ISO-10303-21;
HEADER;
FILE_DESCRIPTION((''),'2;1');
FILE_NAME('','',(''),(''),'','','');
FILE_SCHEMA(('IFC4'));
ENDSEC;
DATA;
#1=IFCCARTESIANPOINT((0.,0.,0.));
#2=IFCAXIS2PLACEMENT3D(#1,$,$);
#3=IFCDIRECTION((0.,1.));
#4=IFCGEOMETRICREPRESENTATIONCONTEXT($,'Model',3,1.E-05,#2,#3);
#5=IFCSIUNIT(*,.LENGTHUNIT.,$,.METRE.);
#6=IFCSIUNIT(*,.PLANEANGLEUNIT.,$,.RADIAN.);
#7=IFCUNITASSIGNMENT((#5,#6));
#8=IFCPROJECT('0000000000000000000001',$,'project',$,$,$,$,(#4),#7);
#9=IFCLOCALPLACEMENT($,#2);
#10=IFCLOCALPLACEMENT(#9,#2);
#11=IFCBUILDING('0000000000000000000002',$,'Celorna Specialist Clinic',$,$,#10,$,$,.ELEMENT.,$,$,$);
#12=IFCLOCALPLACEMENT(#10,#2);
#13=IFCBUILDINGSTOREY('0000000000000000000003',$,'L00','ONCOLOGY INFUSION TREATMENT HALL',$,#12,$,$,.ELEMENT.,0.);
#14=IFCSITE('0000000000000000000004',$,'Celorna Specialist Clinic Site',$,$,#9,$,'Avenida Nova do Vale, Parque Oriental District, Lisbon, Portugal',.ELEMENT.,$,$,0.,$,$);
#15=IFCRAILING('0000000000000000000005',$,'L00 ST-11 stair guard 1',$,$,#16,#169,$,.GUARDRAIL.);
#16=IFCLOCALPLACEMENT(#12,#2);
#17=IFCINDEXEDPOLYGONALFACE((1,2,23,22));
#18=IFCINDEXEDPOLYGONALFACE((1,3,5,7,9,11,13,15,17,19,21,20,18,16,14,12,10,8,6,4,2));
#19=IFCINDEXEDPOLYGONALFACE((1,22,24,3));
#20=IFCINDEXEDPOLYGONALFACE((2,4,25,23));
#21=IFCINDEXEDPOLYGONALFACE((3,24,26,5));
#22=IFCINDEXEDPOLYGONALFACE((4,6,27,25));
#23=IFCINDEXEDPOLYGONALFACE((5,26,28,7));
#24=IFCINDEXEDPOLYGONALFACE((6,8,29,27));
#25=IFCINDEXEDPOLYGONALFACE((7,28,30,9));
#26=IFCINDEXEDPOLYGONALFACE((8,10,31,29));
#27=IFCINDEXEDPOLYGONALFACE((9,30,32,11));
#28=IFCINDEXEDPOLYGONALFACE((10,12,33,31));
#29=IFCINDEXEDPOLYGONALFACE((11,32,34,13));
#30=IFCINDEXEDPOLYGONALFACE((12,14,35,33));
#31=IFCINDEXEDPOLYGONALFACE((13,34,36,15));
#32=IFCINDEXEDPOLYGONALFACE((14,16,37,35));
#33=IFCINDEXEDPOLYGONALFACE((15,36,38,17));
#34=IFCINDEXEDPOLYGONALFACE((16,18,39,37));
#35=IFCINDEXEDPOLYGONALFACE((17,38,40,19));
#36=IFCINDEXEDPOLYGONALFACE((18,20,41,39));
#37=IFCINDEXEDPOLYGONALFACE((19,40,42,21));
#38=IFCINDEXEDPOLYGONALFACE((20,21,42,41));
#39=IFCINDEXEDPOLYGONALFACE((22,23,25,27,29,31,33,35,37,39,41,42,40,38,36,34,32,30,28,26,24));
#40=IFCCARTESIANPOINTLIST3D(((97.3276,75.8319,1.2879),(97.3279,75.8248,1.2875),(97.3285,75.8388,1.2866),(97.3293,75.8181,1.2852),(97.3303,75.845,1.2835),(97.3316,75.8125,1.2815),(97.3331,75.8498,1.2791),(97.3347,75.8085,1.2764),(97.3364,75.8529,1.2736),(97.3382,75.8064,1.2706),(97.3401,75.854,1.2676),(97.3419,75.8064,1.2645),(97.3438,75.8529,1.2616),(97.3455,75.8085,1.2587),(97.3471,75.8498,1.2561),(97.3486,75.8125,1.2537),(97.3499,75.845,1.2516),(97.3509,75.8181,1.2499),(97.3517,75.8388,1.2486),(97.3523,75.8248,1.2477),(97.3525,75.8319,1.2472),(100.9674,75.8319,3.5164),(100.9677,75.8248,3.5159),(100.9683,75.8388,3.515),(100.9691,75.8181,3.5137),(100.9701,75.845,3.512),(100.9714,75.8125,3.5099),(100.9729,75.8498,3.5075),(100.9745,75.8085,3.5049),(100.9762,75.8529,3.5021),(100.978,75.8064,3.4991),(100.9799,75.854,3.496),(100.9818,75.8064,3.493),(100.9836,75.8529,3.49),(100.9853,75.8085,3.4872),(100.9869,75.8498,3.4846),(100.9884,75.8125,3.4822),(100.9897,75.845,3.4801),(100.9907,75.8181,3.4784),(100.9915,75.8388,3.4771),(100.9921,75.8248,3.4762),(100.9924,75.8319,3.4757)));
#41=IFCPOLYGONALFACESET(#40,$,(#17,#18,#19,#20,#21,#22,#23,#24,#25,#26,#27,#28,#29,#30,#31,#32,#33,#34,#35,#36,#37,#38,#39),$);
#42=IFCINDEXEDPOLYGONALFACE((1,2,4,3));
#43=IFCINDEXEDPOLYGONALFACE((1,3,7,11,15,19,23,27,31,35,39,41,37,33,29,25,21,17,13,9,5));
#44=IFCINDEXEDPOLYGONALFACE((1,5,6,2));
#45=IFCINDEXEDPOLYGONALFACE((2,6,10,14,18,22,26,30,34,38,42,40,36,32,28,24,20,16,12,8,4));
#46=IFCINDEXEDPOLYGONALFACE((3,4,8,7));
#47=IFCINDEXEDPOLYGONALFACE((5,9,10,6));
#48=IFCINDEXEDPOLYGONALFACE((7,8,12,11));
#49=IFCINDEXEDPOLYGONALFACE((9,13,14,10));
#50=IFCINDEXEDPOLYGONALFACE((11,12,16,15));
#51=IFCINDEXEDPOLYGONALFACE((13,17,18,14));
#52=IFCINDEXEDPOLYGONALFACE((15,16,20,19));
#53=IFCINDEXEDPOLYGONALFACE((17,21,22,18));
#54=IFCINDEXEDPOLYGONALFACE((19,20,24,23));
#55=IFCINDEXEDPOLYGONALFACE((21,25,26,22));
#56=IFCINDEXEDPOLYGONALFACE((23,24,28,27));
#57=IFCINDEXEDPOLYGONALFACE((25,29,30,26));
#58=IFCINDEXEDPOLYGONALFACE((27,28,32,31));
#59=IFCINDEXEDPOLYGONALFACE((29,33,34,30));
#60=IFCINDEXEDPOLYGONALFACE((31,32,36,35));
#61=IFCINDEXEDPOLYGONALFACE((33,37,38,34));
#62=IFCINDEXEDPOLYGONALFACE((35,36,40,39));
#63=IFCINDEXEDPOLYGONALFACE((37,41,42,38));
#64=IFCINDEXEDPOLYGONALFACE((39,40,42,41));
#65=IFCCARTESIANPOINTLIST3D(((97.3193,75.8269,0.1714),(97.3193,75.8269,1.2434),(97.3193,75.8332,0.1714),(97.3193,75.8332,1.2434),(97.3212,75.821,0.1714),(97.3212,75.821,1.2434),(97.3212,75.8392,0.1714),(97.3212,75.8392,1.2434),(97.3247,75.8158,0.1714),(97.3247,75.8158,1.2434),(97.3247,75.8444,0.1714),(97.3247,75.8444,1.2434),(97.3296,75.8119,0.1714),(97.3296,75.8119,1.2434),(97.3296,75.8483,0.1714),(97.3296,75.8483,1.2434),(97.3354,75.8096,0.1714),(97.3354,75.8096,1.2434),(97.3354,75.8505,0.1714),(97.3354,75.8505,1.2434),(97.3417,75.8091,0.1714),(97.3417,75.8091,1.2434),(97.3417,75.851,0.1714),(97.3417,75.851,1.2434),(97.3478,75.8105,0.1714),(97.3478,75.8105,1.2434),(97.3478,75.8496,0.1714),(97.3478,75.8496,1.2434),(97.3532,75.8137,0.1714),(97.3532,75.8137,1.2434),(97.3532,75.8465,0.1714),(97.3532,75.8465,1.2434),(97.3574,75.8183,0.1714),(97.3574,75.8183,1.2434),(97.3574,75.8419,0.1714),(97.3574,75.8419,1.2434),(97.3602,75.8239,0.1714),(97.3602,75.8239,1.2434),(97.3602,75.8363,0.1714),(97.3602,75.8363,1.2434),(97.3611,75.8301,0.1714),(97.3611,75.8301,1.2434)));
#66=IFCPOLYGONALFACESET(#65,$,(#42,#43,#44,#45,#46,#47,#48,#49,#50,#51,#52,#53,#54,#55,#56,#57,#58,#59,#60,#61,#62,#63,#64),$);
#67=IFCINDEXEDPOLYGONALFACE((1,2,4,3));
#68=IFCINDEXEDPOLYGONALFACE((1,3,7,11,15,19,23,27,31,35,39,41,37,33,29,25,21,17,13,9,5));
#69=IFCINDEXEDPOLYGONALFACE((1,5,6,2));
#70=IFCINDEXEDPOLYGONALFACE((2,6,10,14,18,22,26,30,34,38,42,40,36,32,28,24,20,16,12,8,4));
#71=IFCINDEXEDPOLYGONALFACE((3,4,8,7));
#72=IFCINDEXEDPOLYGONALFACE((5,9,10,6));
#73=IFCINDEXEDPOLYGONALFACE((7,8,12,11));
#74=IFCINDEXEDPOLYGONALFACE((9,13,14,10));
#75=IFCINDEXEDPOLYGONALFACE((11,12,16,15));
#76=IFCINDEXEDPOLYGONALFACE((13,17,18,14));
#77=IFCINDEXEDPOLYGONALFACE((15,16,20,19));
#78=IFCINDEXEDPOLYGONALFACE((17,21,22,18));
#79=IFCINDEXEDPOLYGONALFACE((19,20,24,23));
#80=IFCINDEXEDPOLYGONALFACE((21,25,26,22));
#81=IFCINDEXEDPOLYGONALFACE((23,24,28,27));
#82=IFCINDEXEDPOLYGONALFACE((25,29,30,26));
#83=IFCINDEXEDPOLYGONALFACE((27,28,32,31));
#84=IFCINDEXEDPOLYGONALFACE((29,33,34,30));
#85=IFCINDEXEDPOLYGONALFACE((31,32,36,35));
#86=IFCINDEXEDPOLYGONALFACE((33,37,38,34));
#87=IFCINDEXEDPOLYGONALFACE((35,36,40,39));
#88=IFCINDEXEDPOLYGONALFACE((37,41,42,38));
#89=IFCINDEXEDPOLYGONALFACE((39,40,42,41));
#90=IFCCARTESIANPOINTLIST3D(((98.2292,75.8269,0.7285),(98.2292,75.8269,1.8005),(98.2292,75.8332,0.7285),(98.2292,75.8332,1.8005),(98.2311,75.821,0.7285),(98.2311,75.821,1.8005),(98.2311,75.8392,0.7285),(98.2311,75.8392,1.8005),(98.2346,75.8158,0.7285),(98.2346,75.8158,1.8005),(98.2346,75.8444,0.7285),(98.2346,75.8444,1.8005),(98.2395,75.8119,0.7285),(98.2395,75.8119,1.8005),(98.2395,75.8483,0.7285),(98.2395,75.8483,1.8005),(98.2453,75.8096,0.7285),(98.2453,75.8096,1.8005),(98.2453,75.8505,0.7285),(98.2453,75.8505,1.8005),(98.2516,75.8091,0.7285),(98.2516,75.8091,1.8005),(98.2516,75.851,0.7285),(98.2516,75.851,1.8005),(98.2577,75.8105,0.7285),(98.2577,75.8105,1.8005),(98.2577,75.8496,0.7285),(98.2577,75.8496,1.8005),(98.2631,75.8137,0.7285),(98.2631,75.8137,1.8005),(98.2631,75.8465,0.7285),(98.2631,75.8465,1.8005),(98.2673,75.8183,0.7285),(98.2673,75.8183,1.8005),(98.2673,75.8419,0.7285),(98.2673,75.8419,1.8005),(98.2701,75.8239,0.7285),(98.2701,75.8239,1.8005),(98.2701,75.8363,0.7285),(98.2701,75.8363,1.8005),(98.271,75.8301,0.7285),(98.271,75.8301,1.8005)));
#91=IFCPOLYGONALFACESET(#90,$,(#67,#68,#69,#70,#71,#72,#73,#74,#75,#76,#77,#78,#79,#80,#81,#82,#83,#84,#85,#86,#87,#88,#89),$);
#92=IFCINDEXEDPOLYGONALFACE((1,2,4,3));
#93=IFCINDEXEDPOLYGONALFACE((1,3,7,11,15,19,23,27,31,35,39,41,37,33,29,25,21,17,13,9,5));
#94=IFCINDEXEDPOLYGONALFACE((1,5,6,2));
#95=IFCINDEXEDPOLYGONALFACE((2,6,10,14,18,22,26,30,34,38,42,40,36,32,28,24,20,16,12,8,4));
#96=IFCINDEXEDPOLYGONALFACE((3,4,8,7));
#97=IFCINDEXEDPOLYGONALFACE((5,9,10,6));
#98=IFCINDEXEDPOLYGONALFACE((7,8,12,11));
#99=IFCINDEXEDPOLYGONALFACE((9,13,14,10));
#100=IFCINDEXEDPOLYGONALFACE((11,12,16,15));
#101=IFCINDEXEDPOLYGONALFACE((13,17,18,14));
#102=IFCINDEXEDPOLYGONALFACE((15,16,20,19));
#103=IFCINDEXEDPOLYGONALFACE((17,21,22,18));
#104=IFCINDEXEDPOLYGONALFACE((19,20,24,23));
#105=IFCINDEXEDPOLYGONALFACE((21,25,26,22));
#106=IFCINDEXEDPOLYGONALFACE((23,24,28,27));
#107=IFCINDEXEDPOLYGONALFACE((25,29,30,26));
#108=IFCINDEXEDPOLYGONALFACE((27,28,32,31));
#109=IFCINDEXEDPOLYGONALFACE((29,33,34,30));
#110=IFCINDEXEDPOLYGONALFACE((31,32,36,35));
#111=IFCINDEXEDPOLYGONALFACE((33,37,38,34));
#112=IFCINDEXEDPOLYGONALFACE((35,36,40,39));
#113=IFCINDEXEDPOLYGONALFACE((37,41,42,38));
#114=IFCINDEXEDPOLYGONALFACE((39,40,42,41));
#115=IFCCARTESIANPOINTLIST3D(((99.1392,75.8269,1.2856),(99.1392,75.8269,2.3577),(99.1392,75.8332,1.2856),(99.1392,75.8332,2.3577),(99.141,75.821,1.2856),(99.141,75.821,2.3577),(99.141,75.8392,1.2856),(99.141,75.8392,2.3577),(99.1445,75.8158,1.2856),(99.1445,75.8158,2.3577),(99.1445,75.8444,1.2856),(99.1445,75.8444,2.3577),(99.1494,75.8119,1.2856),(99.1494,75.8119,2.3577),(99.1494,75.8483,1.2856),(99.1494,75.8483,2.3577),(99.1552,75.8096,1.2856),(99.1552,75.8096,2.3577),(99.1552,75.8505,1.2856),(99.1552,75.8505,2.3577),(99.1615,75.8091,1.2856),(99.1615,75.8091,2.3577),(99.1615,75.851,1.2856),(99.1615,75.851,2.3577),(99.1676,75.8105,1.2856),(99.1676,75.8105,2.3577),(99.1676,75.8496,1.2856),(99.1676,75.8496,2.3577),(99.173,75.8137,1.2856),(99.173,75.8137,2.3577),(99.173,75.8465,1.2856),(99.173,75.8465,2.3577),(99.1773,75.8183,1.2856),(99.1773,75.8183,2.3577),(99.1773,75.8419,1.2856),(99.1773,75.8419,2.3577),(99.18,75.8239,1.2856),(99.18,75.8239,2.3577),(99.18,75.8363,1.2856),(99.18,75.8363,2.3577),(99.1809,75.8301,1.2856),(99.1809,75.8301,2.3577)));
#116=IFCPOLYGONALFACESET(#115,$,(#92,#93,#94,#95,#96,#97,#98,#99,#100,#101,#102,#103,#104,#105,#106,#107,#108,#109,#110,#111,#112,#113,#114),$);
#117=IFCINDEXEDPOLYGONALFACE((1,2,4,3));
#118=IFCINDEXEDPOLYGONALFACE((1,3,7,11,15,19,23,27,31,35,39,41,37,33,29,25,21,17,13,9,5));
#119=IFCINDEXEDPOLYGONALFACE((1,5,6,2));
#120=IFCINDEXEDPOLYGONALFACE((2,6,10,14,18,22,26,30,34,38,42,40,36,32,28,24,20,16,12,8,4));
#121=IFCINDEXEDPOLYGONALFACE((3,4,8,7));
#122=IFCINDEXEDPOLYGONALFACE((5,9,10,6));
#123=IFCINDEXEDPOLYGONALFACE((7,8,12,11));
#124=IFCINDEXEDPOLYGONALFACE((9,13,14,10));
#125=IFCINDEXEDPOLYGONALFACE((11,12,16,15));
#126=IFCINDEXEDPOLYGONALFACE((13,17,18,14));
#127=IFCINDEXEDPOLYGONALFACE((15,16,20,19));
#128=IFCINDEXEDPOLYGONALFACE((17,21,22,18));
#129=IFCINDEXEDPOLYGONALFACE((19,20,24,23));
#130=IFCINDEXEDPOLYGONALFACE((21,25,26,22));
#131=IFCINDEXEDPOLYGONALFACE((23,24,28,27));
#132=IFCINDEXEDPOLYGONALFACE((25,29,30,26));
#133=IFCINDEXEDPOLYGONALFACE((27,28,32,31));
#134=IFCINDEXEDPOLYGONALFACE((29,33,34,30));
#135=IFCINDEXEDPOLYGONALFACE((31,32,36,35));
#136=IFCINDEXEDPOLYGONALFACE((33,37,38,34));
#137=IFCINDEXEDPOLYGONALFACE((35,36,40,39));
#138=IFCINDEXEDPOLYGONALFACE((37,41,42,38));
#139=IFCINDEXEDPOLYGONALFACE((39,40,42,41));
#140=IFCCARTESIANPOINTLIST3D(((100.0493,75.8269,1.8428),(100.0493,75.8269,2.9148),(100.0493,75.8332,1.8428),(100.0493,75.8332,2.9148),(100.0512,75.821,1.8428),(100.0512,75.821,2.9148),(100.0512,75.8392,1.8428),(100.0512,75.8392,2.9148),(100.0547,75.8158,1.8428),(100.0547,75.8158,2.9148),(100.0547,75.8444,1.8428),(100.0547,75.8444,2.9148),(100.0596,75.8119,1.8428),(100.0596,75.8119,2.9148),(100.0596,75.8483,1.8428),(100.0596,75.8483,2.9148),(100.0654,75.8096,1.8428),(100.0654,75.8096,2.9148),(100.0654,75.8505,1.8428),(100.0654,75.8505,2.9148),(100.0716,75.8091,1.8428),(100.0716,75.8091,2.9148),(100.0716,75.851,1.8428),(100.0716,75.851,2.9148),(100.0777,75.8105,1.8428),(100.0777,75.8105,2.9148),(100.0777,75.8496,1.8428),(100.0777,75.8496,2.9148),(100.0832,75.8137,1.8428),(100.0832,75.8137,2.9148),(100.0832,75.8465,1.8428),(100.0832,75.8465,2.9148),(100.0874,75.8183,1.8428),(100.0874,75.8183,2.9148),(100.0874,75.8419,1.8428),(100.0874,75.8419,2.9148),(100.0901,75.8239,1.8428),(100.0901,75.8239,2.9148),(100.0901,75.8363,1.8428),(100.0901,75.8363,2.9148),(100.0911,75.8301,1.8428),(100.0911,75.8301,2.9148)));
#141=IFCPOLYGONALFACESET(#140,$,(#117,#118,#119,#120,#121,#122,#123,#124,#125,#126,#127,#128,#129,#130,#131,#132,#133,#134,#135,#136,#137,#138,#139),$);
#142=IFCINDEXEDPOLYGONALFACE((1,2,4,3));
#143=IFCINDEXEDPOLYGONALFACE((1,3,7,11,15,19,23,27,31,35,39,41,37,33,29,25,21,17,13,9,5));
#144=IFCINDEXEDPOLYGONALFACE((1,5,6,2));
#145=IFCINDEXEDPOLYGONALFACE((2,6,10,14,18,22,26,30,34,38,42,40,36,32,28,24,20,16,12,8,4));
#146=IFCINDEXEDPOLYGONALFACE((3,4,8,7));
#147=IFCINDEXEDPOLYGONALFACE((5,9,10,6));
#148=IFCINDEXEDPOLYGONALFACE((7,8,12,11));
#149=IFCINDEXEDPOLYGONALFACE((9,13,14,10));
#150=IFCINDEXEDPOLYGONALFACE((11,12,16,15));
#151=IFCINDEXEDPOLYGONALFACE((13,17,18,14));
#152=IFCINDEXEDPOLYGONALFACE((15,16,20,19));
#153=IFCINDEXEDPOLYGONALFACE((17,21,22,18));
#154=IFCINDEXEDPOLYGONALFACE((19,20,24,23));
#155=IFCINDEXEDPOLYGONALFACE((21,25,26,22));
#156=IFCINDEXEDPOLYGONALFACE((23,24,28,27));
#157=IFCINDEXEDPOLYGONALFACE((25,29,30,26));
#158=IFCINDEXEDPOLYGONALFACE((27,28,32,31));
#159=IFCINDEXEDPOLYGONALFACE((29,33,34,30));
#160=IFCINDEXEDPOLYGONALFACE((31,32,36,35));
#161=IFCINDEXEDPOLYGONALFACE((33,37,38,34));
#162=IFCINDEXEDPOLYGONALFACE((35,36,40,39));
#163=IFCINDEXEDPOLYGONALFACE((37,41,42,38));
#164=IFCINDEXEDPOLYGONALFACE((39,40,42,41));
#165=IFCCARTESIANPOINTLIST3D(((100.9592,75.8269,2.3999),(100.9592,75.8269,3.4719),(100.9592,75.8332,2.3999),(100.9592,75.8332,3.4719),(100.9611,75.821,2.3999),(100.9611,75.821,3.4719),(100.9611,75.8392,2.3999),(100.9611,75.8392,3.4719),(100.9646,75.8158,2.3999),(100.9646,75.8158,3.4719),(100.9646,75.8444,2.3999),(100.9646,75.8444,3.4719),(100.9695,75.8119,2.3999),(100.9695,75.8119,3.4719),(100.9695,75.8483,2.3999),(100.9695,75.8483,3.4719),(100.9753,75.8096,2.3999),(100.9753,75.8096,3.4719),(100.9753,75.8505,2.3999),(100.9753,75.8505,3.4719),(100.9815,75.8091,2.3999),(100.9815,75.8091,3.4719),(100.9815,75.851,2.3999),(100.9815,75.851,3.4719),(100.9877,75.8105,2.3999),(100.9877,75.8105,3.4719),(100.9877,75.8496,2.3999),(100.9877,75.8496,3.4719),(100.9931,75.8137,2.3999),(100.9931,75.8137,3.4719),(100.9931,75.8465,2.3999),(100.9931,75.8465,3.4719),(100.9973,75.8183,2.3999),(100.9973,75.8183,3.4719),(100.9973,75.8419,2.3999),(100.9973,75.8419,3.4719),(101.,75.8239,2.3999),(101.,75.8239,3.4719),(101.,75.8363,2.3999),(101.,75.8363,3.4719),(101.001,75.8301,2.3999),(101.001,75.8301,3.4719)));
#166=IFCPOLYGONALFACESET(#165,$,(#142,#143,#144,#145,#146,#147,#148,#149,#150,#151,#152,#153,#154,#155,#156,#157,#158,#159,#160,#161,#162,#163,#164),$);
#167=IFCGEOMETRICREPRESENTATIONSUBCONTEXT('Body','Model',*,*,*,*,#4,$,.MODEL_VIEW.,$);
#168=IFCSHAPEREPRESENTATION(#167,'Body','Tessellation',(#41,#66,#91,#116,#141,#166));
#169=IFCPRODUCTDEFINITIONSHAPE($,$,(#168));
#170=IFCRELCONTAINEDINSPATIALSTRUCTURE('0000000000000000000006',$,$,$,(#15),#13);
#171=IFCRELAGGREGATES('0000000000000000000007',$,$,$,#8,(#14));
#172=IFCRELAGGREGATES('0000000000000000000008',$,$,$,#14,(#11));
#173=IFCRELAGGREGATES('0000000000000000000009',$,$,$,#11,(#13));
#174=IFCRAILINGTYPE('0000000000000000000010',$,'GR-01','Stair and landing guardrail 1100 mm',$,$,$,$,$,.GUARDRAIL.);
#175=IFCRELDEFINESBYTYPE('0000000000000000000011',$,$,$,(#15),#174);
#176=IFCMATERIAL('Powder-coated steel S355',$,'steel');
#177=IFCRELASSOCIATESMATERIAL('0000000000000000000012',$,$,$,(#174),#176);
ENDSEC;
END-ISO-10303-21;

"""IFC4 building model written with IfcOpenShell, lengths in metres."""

from ifc_helpers import new_model, si_unit, direction, frame, origin, origin_2d, place, context, subcontext, project, spatial, circle, extrude, material, type_object, element, save


model = new_model("IFC4")

# Units and contexts
model_context = context("Model", 3, precision=1e-05, world=origin(), true_north=direction((0.0, 1.0)))
body_context = subcontext(model_context, "Body", "Model", "MODEL_VIEW")
ifc_project = project(units=[si_unit("LENGTHUNIT", "METRE"), si_unit("PLANEANGLEUNIT", "RADIAN")], contexts=[model_context])

# Site, building, storey
site_placement = place(None, origin())
site = spatial("IfcSite", under=ifc_project, at=site_placement, Name="Celorna Specialist Clinic Site", LongName="Avenida Nova do Vale, Parque Oriental District, Lisbon, Portugal", CompositionType="ELEMENT", RefElevation=0.0)
building_placement = place(site_placement, origin())
building = spatial("IfcBuilding", under=site, at=building_placement, Name="Celorna Specialist Clinic", CompositionType="ELEMENT")
storey_placement = place(building_placement, origin())
storey = spatial("IfcBuildingStorey", under=building, at=storey_placement, Name="L00", Description="ONCOLOGY INFUSION TREATMENT HALL", CompositionType="ELEMENT", Elevation=0.0)

# Railing
ifc_material_1 = material(Name="Powder-coated steel S355", Category="steel")
railing_type_1 = type_object("IfcRailingType", Name="GR-01", Description="Stair and landing guardrail 1100 mm", PredefinedType="GUARDRAIL", material=ifc_material_1)
railing_1_placement = place(storey_placement, frame((97.3401, 75.8301, 0.1714)))
element("IfcRailing", 1, at=railing_1_placement, inside=storey, type_object=railing_type_1, Name="L00 ST-11 stair guard 1", PredefinedType="GUARDRAIL", context=body_context, shape_type="SweptSolid", body=[
    extrude(circle(Radius=0.0239, at=origin_2d()), frame((0.0, 0.0, 1.0962), z_axis=(0.85285, 0.0, 0.522156), x_axis=(0.0, 1.0, 0.0)), (0.0, 0.0, 1.0), 4.2678),
    extrude(circle(Radius=0.021, at=origin_2d()), origin(), (0.0, 0.0, 1.0), 1.072),
    extrude(circle(Radius=0.021, at=origin_2d()), frame((0.9099, 0.0, 0.5571)), (0.0, 0.0, 1.0), 1.072),
    extrude(circle(Radius=0.021, at=origin_2d()), frame((1.8198, 0.0, 1.1143)), (0.0, 0.0, 1.0), 1.072),
    extrude(circle(Radius=0.021, at=origin_2d()), frame((2.73, 0.0, 1.6714)), (0.0, 0.0, 1.0), 1.072),
    extrude(circle(Radius=0.021, at=origin_2d()), frame((3.6399, 0.0, 2.2285)), (0.0, 0.0, 1.0), 1.072),
])

save(model, "model.ifc")
